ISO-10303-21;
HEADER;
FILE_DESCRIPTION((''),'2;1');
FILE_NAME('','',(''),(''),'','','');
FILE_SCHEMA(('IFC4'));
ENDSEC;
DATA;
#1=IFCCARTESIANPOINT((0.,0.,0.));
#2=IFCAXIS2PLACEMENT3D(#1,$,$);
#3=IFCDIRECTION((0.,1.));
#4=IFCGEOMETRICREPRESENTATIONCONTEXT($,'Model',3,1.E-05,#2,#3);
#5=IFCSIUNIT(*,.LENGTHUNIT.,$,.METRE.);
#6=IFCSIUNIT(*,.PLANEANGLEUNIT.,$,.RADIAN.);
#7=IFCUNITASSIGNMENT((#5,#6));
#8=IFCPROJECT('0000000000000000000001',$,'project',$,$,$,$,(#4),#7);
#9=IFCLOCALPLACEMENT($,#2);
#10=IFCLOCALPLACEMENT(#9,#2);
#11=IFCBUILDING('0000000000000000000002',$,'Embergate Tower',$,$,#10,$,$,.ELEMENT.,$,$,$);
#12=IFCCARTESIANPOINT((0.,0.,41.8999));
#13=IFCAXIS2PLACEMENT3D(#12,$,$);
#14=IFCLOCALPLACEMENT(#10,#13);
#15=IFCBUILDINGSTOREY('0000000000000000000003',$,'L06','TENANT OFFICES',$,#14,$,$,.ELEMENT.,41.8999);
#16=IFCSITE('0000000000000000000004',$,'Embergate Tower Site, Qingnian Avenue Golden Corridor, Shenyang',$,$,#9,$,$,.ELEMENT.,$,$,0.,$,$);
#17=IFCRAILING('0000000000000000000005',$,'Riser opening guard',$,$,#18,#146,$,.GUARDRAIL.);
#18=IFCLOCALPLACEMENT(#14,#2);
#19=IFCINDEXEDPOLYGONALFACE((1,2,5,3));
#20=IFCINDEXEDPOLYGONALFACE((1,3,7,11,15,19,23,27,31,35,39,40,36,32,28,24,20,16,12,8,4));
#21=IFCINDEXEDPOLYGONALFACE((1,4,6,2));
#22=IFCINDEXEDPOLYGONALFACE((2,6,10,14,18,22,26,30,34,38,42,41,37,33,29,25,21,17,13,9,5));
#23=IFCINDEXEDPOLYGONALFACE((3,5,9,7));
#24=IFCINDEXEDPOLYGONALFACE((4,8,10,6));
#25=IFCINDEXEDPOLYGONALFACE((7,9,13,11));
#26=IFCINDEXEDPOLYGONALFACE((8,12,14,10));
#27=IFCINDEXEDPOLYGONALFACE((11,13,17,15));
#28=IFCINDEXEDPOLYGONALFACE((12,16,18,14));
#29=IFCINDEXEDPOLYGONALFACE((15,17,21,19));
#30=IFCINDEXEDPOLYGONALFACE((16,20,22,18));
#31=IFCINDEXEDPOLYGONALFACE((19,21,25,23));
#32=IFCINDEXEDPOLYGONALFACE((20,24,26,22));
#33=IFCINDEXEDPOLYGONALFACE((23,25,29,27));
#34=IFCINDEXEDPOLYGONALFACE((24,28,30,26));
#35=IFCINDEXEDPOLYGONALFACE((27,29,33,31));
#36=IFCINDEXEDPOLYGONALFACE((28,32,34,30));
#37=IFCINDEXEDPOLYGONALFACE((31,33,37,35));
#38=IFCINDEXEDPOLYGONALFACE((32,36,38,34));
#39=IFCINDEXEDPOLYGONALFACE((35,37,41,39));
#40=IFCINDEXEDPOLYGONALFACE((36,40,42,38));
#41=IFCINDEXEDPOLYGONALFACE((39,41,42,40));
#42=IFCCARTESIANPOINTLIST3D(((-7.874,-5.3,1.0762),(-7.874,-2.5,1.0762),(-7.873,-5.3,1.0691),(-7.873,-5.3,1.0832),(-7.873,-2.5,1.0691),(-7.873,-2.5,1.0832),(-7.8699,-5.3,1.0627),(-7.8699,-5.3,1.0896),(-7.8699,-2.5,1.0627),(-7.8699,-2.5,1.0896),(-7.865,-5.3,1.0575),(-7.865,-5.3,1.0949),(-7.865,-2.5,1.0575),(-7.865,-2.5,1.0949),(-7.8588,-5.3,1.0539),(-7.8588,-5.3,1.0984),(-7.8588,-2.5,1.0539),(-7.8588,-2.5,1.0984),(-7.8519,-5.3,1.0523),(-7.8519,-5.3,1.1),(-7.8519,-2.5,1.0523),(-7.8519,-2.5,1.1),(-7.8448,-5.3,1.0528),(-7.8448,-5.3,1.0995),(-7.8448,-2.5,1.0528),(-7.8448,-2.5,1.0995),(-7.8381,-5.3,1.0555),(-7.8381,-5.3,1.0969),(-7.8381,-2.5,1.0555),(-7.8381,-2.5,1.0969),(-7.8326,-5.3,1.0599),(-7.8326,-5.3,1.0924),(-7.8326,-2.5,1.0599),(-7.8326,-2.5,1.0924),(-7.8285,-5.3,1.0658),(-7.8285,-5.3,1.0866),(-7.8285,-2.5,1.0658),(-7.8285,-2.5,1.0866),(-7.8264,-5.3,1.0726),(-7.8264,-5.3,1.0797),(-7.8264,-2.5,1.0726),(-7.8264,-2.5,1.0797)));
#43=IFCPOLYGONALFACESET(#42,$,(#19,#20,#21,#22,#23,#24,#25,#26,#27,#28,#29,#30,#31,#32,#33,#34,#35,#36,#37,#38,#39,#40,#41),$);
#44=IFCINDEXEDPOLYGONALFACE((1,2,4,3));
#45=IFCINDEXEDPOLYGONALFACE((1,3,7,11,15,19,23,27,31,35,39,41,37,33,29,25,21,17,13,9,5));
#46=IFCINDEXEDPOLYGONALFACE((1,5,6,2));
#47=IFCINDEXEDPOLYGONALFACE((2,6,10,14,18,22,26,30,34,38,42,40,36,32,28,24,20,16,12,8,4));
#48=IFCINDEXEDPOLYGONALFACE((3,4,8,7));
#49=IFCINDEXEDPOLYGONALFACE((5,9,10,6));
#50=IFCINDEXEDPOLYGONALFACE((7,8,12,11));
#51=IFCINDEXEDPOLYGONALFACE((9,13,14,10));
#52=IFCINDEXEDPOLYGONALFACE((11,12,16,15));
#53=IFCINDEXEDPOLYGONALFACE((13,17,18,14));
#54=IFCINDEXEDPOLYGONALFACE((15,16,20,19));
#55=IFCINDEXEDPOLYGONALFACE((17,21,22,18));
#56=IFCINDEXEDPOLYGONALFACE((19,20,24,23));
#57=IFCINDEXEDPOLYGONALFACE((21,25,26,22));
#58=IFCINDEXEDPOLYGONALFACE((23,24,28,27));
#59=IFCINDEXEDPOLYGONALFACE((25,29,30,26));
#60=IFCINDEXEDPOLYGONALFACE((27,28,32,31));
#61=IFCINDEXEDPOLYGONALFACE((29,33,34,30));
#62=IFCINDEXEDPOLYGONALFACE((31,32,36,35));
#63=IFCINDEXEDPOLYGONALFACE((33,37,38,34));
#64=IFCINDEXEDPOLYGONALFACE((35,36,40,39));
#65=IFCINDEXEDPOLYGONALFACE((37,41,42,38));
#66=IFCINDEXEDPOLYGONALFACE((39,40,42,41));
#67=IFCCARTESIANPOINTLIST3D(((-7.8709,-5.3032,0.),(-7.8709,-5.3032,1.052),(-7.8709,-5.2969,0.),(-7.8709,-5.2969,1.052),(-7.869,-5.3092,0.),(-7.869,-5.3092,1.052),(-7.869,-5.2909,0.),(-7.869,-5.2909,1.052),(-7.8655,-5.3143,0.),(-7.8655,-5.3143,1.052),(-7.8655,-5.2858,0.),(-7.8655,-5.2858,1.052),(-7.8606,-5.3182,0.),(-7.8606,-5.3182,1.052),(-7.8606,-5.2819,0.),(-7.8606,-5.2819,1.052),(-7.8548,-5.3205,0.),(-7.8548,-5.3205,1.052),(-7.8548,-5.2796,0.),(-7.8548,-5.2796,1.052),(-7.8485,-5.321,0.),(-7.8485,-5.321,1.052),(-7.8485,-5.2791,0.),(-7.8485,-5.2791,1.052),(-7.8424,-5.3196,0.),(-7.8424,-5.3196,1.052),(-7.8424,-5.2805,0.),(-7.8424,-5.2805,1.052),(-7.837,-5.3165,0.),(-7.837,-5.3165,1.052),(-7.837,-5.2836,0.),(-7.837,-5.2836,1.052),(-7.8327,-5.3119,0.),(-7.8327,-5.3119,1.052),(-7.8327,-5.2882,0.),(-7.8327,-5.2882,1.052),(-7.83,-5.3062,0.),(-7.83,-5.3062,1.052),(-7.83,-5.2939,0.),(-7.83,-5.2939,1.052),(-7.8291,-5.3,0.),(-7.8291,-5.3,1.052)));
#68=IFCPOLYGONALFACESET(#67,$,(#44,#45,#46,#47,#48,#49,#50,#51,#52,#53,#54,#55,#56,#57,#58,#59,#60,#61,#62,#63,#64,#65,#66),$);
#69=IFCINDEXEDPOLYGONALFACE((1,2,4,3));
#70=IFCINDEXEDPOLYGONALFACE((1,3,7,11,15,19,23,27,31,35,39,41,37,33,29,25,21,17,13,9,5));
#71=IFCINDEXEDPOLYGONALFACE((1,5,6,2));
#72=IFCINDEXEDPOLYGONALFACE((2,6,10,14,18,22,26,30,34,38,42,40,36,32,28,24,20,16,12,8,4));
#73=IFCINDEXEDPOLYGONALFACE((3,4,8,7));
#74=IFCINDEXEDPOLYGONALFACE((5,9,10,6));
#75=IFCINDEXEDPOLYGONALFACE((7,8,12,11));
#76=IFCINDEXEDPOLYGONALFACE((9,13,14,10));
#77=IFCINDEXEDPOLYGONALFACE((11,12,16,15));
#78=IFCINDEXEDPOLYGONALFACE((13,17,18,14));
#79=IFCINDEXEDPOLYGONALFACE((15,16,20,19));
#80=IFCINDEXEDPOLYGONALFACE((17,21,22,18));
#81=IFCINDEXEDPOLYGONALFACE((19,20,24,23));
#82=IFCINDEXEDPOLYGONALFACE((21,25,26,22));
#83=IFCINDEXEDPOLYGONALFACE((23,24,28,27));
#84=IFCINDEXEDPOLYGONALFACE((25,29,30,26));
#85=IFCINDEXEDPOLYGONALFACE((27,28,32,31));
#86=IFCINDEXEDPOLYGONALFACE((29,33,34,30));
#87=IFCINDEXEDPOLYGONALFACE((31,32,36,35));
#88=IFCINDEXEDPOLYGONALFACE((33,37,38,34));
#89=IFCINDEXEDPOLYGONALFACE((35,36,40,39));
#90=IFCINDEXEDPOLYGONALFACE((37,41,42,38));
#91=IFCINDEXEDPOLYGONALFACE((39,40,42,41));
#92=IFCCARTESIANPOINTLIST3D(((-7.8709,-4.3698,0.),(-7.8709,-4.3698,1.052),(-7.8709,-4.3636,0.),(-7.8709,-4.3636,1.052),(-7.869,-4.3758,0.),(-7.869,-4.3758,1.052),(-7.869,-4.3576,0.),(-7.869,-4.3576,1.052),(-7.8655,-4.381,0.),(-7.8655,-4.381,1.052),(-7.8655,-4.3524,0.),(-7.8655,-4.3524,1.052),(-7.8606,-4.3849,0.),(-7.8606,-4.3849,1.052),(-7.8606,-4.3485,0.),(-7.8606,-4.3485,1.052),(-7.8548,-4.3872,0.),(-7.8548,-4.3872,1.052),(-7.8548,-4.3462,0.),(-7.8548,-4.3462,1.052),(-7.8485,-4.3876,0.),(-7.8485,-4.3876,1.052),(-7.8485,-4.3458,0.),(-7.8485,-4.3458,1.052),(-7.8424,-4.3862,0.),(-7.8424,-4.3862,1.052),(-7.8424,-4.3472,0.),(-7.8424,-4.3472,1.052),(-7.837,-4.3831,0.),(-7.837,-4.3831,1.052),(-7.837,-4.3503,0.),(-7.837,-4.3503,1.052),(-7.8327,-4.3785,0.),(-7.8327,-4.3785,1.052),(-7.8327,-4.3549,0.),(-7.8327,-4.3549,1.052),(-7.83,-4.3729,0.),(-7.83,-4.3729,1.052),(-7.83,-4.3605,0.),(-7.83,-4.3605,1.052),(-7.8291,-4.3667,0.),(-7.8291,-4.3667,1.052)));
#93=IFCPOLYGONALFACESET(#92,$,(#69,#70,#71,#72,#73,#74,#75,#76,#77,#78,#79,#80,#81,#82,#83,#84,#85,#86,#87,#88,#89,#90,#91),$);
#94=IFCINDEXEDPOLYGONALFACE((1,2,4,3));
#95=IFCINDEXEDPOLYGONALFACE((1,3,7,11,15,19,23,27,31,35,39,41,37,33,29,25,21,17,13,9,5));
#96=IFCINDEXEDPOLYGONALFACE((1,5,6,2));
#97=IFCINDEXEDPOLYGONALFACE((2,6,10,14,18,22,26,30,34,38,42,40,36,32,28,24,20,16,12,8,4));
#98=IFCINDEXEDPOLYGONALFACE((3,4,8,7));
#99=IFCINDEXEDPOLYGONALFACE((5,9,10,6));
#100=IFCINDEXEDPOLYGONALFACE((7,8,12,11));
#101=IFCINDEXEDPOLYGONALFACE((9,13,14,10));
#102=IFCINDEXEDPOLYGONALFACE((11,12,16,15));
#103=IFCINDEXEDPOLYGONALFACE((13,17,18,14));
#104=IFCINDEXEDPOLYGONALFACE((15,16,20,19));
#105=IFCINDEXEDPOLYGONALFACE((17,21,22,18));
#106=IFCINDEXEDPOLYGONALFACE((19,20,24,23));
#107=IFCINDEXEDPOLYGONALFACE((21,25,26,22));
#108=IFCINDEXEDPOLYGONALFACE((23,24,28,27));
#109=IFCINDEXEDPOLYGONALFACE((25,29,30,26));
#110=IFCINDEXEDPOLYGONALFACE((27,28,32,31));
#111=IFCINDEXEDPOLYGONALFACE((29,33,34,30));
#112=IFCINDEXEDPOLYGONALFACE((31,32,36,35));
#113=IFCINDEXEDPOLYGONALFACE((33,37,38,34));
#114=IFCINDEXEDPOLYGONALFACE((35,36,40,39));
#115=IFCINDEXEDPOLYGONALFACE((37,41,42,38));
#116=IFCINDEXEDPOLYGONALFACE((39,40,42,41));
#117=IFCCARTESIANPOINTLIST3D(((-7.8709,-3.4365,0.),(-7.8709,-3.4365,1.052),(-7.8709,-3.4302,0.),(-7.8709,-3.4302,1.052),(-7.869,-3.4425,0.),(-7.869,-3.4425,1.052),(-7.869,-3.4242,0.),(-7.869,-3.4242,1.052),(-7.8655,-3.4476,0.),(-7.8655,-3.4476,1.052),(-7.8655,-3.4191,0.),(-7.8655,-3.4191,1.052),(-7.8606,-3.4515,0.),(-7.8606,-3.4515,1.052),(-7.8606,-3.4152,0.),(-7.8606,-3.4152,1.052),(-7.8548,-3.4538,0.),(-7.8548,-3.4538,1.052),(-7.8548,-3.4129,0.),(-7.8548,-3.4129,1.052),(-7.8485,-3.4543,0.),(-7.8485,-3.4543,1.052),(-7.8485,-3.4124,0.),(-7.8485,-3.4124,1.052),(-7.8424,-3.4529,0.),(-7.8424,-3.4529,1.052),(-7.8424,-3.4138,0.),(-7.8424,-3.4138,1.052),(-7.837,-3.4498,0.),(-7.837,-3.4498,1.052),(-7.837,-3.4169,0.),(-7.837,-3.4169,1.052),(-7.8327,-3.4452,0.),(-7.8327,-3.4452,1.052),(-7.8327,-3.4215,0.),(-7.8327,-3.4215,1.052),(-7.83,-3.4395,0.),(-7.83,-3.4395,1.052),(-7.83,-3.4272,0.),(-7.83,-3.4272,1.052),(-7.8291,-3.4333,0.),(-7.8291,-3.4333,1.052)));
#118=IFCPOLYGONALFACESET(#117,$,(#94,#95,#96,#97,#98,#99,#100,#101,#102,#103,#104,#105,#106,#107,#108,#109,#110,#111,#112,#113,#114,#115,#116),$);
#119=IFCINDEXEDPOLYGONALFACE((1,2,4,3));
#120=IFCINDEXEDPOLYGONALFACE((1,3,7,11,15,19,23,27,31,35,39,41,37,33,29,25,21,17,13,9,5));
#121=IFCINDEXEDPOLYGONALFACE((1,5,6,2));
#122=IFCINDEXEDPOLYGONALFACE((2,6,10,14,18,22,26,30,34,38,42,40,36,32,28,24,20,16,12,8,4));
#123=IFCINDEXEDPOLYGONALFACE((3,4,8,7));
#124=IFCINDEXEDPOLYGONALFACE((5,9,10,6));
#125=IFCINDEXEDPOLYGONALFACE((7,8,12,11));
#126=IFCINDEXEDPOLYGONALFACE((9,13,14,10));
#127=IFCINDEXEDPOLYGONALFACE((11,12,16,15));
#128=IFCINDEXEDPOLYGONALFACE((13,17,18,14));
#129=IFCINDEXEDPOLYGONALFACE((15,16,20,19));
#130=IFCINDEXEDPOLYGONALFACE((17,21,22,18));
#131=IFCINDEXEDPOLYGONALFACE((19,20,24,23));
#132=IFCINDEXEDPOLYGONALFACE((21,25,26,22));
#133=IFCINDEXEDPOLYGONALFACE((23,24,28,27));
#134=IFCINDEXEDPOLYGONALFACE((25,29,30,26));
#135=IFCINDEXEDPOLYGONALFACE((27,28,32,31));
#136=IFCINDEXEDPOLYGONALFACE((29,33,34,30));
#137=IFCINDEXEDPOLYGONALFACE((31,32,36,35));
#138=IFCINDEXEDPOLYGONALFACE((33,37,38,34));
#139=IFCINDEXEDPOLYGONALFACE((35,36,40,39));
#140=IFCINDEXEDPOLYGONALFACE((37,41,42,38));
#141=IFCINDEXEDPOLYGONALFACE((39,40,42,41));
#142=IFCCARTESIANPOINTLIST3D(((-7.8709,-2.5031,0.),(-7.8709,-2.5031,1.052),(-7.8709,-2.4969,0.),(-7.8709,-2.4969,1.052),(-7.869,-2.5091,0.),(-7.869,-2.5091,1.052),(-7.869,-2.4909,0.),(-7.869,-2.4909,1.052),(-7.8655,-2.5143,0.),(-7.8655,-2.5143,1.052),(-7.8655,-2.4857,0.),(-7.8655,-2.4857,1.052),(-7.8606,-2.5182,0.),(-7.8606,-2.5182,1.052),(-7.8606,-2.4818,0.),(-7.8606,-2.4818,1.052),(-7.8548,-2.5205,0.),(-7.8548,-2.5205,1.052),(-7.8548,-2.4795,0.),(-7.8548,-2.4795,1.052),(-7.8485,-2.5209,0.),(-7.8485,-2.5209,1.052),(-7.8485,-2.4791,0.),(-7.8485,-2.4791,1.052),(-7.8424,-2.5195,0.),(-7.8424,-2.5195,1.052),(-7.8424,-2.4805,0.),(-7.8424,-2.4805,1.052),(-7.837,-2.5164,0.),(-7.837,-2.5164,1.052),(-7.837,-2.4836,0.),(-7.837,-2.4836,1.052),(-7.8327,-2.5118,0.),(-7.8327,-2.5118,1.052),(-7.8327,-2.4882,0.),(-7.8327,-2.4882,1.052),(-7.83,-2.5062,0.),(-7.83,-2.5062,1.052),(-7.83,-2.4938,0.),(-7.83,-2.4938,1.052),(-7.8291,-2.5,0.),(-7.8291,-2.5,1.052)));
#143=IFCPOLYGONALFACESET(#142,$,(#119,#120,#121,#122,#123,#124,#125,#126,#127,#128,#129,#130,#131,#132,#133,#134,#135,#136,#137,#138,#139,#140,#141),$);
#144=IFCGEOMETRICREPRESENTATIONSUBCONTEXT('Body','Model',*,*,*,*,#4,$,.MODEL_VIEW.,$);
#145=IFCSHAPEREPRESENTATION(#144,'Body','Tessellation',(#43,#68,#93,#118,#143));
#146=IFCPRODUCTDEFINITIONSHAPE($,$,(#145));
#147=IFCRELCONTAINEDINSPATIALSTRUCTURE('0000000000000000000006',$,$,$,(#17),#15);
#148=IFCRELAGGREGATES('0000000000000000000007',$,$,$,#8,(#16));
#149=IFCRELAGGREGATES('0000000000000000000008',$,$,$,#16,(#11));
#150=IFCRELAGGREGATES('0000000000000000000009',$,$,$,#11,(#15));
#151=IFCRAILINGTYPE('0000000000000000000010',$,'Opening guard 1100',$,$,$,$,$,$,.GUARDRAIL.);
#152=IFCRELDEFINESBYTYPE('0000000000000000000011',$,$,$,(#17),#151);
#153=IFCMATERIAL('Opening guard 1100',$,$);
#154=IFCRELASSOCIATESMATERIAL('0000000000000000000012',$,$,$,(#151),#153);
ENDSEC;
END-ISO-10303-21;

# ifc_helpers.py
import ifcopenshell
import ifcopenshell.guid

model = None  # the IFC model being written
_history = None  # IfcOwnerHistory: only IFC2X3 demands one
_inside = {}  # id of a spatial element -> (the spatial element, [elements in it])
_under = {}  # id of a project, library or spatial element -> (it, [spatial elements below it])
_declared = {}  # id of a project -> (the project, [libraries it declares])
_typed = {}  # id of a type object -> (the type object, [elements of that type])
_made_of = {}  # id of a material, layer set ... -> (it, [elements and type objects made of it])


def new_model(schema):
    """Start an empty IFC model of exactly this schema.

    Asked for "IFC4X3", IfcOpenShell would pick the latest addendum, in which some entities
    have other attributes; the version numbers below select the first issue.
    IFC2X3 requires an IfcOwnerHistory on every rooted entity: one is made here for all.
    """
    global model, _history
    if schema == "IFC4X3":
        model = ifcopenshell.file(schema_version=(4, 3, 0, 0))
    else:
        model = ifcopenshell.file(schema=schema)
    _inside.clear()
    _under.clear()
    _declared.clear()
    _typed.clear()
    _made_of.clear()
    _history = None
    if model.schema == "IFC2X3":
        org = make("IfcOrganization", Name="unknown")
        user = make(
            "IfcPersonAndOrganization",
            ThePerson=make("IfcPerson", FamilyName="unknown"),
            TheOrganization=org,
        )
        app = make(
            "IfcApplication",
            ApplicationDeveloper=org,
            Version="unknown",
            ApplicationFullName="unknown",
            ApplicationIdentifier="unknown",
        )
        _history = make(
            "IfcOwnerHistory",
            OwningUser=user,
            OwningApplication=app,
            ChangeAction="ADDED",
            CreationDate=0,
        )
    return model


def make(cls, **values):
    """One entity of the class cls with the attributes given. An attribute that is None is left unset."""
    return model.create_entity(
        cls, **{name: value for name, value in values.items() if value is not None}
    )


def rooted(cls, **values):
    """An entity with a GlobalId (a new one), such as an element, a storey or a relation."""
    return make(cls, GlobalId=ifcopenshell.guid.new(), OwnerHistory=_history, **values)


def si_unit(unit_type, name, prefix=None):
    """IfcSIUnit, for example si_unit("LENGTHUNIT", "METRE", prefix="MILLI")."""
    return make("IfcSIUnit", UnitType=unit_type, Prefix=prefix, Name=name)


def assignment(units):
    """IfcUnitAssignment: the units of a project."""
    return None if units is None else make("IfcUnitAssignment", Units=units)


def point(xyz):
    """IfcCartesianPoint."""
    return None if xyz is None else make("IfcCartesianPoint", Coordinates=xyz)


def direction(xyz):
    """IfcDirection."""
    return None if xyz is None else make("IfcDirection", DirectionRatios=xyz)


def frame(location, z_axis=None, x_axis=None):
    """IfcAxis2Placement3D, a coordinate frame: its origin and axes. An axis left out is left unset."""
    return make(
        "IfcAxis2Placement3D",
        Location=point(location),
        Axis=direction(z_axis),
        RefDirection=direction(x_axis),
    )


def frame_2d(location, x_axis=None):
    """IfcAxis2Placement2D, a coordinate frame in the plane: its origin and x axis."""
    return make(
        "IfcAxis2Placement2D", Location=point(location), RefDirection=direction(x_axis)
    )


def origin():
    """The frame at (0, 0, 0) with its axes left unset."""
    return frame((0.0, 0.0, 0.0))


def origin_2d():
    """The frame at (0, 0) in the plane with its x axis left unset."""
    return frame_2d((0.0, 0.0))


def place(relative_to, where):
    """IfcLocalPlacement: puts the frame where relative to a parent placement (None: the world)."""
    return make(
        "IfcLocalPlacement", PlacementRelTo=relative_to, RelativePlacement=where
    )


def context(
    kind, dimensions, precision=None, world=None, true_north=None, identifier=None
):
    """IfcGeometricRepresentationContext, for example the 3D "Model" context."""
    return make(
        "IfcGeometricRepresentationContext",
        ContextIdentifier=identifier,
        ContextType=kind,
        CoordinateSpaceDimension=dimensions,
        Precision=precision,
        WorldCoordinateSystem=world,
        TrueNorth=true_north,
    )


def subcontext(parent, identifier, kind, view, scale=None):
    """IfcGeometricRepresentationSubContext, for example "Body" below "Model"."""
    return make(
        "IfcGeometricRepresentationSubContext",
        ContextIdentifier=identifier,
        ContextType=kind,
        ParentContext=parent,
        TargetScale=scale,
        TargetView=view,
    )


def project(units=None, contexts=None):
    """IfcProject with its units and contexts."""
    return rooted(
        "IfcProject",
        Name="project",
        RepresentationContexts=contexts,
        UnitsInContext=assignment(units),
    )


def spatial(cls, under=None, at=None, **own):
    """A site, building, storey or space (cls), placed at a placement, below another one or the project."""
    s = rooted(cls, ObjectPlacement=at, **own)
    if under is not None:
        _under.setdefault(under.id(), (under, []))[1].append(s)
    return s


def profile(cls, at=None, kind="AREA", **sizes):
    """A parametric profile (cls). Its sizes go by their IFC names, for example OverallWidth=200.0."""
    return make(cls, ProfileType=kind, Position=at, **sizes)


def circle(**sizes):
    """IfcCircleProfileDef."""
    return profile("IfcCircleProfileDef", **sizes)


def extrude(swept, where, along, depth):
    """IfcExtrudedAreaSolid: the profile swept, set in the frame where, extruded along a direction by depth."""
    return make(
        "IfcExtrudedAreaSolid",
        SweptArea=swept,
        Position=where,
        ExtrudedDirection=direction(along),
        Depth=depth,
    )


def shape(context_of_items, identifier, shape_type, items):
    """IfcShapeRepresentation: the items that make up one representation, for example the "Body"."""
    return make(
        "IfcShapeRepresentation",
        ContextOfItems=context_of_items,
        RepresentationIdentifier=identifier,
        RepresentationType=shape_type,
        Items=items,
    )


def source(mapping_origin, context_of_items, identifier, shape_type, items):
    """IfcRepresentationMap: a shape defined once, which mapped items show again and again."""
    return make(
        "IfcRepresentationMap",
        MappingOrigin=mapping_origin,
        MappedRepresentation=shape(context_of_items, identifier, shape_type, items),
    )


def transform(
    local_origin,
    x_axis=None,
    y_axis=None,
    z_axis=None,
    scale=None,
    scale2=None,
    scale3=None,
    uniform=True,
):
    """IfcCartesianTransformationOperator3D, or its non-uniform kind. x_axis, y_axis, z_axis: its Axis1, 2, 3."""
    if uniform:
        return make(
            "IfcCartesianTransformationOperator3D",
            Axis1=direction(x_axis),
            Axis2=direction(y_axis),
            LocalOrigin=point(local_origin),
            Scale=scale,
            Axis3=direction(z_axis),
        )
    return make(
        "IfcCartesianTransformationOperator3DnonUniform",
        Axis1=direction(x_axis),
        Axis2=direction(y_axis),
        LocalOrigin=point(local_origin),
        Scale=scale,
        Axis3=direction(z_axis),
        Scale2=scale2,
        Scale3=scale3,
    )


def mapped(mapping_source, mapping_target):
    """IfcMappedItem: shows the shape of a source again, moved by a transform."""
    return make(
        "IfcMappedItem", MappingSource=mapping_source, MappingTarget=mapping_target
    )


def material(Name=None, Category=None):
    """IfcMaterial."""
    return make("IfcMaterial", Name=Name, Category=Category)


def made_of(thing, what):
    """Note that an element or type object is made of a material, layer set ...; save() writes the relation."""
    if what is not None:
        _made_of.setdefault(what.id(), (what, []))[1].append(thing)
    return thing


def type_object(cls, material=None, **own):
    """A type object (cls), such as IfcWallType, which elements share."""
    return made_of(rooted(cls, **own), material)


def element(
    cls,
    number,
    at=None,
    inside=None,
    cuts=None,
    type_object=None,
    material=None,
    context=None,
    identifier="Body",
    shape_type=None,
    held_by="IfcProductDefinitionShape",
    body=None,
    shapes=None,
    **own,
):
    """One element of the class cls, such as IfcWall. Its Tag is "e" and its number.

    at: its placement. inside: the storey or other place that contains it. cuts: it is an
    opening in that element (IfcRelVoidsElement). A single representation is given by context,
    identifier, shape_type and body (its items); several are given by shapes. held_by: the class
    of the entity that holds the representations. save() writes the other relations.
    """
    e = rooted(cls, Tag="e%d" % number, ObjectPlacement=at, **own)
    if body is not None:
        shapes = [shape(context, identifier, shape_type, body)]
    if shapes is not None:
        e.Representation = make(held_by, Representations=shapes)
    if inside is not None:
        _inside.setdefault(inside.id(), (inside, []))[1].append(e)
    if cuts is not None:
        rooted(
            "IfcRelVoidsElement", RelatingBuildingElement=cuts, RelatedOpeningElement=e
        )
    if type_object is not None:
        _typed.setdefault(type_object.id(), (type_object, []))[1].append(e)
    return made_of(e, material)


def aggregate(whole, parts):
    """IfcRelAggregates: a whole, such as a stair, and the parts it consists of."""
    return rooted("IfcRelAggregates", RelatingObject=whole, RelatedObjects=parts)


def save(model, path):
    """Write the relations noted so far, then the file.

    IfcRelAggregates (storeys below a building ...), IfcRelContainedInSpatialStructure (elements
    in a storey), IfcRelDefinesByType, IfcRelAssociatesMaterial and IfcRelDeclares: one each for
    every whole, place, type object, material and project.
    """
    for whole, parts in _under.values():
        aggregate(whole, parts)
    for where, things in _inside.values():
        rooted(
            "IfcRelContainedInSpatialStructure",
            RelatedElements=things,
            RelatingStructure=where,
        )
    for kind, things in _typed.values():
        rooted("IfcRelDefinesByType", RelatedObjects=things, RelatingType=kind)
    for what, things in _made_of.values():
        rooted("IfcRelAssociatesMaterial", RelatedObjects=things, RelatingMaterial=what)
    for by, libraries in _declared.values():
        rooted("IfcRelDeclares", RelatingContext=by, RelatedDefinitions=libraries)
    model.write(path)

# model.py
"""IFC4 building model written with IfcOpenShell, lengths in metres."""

from ifc_helpers import new_model, si_unit, direction, frame, origin, origin_2d, place, context, subcontext, project, spatial, circle, extrude, source, transform, mapped, material, type_object, element, save


model = new_model("IFC4")

# Units and contexts
model_context = context("Model", 3, precision=1e-05, world=origin(), true_north=direction((0.0, 1.0)))
body_context = subcontext(model_context, "Body", "Model", "MODEL_VIEW")
ifc_project = project(units=[si_unit("LENGTHUNIT", "METRE"), si_unit("PLANEANGLEUNIT", "RADIAN")], contexts=[model_context])

# Site, building, storey
site_placement = place(None, origin())
site = spatial("IfcSite", under=ifc_project, at=site_placement, Name="Embergate Tower Site, Qingnian Avenue Golden Corridor, Shenyang", CompositionType="ELEMENT", RefElevation=0.0)
building_placement = place(site_placement, origin())
building = spatial("IfcBuilding", under=site, at=building_placement, Name="Embergate Tower", CompositionType="ELEMENT")
storey_placement = place(building_placement, frame((0.0, 0.0, 41.8999)))
storey = spatial("IfcBuildingStorey", under=building, at=storey_placement, Name="L06", Description="TENANT OFFICES", CompositionType="ELEMENT", Elevation=41.8999)

# Railing
ifc_material_1 = material(Name="Opening guard 1100")
railing_type = type_object("IfcRailingType", Name="Opening guard 1100", PredefinedType="GUARDRAIL", material=ifc_material_1)
shared_shape_1 = source(origin(), body_context, "Body", "SweptSolid", [
    extrude(circle(Radius=0.0239, at=origin_2d()), frame((0.0, 0.0, 1.0762), z_axis=(0.0, 1.0, 0.0), x_axis=(-1.0, 0.0, 0.0)), (0.0, 0.0, 1.0), 2.8),
    extrude(circle(Radius=0.021, at=origin_2d()), origin(), (0.0, 0.0, 1.0), 1.052),
    extrude(circle(Radius=0.021, at=origin_2d()), frame((0.0, 0.9333, 0.0)), (0.0, 0.0, 1.0), 1.052),
    extrude(circle(Radius=0.021, at=origin_2d()), frame((0.0, 1.8667, 0.0)), (0.0, 0.0, 1.0), 1.052),
    extrude(circle(Radius=0.021, at=origin_2d()), frame((0.0, 2.8, 0.0)), (0.0, 0.0, 1.0), 1.052),
])
railing_placement = place(storey_placement, frame((-7.8501, -5.3, 0.0)))
element("IfcRailing", 1, at=railing_placement, inside=storey, type_object=railing_type, Name="Riser opening guard", PredefinedType="GUARDRAIL", context=body_context, shape_type="MappedRepresentation", body=[
    mapped(shared_shape_1, transform((0.0, 0.0, 0.0))),
])

save(model, "model.ifc")
